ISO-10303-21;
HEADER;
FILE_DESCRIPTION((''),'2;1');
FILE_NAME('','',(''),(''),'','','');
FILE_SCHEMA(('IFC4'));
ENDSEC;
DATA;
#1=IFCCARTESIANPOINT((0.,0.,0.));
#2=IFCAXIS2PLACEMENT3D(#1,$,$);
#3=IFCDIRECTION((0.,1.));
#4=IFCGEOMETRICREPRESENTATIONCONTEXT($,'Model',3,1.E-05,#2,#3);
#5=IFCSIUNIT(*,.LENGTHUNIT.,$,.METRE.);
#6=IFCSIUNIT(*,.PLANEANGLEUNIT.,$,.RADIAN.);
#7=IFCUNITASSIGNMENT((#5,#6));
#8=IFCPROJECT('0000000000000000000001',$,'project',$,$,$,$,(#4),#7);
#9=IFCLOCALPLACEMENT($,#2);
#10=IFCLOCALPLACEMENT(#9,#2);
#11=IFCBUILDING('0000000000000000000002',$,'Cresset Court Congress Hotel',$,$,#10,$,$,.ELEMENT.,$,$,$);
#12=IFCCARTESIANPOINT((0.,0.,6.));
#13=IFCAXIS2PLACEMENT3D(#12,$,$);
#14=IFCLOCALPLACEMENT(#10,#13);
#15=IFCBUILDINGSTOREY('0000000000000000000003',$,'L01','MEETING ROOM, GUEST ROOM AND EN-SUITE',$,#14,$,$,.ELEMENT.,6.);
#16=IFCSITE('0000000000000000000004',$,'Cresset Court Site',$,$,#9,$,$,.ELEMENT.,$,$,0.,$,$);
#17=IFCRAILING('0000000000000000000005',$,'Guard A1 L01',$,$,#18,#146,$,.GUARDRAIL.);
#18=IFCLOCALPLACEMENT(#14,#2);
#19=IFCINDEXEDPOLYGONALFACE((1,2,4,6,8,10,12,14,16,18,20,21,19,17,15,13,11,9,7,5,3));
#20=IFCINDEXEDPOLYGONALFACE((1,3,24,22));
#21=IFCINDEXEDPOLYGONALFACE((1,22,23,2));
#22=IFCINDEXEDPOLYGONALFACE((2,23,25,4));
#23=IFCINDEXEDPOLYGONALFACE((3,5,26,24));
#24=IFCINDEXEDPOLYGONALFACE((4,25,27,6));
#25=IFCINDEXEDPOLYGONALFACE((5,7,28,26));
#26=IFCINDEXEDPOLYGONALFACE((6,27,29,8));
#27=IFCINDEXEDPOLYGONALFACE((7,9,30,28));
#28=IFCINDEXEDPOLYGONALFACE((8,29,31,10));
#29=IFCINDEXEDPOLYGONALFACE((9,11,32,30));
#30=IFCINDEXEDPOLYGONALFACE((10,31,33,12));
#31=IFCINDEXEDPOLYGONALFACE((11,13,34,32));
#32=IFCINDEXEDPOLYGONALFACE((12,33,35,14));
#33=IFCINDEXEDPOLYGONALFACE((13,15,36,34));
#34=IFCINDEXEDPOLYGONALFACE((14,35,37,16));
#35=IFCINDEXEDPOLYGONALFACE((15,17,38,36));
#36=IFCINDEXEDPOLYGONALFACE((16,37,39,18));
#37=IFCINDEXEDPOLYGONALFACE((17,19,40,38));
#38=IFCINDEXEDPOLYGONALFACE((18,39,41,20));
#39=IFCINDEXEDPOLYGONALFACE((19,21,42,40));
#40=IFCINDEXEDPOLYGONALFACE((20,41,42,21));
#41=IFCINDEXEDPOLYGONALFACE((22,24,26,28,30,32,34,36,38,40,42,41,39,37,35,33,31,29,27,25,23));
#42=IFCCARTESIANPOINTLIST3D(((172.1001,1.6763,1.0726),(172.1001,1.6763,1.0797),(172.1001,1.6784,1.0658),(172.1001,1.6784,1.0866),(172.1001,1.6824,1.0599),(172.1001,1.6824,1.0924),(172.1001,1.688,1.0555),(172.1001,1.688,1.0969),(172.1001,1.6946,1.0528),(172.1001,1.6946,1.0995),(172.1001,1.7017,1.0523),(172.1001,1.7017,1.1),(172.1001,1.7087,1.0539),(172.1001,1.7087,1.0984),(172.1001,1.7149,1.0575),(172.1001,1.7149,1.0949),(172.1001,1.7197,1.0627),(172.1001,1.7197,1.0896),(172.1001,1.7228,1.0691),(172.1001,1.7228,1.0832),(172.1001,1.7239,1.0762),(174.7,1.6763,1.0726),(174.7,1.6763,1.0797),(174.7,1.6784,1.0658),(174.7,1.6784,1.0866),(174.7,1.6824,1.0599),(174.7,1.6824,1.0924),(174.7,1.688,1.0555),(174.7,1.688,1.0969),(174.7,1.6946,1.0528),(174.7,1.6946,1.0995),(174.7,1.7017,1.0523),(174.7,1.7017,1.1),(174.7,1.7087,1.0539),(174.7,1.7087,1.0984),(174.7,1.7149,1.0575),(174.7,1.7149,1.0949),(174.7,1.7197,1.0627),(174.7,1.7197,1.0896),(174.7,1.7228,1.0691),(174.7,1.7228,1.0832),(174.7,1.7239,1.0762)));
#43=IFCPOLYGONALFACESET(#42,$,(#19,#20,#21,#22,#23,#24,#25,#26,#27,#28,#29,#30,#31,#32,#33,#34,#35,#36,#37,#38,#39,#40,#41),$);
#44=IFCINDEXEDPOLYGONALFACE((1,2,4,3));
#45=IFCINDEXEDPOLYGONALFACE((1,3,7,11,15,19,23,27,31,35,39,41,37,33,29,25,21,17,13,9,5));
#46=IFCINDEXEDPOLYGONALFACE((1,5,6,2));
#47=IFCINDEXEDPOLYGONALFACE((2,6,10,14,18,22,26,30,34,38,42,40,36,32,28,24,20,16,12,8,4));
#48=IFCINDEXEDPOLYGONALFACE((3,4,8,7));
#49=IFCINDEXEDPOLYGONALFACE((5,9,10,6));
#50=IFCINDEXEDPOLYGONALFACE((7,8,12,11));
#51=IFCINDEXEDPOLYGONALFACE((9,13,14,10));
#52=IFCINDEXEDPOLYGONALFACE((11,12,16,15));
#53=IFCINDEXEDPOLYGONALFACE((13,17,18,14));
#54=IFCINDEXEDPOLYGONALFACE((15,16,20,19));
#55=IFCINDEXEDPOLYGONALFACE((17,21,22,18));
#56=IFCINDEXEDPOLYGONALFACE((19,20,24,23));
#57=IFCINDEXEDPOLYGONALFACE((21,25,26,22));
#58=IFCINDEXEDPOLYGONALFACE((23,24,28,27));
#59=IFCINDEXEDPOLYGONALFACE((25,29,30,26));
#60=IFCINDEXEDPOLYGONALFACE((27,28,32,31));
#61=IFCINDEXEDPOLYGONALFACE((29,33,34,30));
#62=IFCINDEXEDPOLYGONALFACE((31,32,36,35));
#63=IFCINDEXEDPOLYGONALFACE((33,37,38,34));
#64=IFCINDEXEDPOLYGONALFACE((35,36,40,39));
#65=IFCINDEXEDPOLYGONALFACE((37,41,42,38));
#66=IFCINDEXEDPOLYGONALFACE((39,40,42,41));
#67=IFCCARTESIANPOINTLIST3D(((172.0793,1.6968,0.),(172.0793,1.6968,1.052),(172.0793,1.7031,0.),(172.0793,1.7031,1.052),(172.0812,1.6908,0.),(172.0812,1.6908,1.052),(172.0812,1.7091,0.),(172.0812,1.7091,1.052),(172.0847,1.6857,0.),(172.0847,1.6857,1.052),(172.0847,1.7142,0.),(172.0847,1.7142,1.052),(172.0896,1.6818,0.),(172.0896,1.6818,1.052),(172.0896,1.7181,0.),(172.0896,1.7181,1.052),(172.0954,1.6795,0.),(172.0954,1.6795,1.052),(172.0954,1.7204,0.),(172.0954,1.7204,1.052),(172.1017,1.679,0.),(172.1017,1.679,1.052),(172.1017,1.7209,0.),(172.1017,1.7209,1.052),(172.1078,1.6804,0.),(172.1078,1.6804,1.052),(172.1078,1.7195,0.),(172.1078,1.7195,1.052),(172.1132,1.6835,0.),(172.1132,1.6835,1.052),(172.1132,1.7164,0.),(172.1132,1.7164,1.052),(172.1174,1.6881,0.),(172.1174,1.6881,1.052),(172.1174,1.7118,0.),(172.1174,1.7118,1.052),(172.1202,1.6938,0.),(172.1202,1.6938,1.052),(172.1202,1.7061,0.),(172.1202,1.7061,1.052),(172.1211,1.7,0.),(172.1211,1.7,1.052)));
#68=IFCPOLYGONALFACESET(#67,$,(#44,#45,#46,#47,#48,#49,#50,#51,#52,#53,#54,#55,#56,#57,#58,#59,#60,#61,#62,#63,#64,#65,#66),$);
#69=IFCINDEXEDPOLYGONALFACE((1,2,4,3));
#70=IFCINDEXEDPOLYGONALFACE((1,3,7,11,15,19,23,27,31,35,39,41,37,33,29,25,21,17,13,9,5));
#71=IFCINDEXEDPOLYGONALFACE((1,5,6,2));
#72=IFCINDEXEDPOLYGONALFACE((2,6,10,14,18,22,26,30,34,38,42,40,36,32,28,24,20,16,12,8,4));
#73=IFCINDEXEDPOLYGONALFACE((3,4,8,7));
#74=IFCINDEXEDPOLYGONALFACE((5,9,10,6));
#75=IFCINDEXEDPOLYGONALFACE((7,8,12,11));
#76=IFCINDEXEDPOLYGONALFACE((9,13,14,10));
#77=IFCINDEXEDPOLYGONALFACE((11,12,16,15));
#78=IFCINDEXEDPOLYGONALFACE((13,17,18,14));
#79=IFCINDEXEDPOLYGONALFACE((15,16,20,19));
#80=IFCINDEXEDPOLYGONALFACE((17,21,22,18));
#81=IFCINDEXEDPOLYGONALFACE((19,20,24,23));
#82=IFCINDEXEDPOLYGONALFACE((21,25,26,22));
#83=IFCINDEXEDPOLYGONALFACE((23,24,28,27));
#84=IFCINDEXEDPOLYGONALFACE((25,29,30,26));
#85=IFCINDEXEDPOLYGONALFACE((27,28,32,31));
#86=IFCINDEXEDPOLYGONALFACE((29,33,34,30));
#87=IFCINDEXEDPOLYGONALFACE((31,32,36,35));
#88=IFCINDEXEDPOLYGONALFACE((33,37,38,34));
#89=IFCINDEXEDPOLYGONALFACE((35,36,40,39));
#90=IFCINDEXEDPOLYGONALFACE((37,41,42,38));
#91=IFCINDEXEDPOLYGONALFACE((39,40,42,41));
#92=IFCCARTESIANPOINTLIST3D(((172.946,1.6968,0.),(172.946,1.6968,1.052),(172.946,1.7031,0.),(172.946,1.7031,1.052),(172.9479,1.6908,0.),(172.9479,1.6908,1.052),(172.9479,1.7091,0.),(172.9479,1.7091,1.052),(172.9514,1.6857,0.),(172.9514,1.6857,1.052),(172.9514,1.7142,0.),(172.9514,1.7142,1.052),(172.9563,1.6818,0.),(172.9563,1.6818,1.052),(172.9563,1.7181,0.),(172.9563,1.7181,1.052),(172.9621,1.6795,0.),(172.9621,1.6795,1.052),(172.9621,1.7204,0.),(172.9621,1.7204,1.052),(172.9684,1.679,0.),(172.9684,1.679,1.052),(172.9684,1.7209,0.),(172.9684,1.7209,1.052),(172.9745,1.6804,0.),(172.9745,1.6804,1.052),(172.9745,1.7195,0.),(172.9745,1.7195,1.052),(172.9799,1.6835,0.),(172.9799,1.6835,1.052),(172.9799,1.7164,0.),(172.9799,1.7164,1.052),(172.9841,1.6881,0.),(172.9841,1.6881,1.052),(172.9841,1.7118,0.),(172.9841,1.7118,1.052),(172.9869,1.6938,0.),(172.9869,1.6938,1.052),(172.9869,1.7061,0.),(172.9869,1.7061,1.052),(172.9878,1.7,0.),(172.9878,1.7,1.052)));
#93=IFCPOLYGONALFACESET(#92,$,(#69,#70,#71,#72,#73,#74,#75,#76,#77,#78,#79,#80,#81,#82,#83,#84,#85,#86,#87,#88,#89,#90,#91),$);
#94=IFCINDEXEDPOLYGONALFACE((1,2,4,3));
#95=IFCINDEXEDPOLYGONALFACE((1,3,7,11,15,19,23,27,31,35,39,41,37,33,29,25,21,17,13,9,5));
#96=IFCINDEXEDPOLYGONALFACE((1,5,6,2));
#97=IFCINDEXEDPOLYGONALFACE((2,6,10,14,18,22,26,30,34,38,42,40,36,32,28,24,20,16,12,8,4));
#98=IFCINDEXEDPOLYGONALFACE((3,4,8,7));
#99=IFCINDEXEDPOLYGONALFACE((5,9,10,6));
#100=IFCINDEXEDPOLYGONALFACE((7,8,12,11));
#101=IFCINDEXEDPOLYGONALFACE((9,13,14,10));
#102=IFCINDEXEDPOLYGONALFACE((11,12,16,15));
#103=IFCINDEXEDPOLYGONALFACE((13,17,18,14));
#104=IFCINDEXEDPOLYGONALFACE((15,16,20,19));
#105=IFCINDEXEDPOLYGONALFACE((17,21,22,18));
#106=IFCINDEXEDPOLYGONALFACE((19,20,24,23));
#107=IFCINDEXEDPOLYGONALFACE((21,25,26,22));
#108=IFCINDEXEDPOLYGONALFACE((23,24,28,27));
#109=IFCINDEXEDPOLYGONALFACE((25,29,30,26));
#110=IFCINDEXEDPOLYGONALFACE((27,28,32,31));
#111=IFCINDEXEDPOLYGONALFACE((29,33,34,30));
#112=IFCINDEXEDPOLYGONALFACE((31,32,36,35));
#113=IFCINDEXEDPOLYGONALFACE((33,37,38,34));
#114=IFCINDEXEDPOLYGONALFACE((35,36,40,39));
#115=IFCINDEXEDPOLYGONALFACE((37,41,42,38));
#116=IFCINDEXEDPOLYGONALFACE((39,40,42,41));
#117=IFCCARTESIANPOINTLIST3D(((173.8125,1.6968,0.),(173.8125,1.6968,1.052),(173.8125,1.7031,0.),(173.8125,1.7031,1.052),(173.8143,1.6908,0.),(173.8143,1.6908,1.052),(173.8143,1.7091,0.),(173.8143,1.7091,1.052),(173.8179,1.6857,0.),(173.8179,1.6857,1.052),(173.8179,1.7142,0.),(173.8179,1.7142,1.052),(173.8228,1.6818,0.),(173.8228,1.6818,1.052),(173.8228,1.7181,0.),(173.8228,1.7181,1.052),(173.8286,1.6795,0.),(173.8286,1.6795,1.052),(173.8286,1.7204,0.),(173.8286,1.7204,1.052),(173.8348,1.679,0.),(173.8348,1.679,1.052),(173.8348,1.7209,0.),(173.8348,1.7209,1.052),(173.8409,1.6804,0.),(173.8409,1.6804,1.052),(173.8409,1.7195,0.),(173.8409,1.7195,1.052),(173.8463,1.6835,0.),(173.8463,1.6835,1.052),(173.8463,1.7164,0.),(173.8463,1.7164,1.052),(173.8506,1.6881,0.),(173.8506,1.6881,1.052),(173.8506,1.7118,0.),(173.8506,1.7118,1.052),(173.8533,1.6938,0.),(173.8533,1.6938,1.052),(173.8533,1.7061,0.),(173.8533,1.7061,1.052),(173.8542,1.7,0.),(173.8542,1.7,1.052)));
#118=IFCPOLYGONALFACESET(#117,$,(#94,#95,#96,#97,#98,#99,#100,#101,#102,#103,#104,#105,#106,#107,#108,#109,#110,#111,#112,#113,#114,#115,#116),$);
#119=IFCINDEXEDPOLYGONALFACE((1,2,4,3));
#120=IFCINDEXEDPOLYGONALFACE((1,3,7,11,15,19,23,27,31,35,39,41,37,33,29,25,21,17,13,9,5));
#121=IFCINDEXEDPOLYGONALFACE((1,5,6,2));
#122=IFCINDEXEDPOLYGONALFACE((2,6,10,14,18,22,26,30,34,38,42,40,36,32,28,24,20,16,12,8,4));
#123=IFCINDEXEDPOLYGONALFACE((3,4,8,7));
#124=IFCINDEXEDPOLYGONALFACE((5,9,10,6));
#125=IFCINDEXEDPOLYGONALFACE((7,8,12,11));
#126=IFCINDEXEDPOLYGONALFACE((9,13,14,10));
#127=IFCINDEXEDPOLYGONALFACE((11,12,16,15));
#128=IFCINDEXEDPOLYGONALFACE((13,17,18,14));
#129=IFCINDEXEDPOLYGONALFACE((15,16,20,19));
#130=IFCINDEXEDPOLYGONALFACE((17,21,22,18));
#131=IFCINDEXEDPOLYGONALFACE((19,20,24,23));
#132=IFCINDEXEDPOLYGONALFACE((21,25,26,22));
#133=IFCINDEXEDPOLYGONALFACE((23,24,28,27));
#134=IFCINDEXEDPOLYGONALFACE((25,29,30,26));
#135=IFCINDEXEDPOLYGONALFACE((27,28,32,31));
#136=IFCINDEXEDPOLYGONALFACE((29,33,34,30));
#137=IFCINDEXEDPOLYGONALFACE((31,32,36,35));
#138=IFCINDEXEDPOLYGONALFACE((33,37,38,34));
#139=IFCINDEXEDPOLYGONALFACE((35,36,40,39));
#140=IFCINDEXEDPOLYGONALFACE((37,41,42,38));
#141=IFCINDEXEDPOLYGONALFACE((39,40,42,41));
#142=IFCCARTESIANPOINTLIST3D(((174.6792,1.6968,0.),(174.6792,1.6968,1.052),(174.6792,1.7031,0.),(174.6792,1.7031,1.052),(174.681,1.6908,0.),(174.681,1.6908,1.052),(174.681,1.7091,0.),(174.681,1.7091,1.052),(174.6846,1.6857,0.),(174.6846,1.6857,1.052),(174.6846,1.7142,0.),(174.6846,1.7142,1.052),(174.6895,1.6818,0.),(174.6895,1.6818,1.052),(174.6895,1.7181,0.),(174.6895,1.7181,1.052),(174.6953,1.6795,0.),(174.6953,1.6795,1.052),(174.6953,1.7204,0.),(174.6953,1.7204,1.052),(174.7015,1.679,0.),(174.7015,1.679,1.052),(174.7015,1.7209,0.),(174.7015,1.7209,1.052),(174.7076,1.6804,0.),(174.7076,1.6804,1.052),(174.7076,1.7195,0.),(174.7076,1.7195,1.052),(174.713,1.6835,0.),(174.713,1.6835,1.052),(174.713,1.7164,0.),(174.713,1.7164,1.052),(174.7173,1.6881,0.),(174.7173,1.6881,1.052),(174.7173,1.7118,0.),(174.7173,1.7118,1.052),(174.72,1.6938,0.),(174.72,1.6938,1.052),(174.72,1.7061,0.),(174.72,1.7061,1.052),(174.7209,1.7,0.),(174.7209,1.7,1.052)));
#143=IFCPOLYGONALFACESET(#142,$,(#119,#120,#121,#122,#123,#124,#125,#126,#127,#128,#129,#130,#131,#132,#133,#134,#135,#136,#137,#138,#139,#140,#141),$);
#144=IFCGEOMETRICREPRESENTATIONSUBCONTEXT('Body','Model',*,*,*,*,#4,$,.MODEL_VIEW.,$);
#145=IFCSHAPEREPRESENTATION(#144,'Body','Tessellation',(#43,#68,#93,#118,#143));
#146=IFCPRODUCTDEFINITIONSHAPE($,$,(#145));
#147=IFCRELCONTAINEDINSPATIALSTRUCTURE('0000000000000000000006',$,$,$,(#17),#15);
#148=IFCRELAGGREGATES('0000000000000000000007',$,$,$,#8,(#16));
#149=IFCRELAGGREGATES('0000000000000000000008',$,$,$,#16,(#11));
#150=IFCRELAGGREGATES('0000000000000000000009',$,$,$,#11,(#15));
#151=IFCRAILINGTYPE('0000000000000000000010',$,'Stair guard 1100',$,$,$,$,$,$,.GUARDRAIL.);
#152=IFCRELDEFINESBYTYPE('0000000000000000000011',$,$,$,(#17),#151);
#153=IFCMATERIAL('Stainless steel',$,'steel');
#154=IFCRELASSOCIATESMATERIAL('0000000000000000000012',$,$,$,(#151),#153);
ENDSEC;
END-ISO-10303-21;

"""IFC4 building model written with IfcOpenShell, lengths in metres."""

from ifc_helpers import new_model, si_unit, direction, frame, origin, origin_2d, place, context, subcontext, project, spatial, circle, extrude, material, type_object, element, save


model = new_model("IFC4")

# Units and contexts
model_context = context("Model", 3, precision=1e-05, world=origin(), true_north=direction((0.0, 1.0)))
body_context = subcontext(model_context, "Body", "Model", "MODEL_VIEW")
ifc_project = project(units=[si_unit("LENGTHUNIT", "METRE"), si_unit("PLANEANGLEUNIT", "RADIAN")], contexts=[model_context])

# Site, building, storey
site_placement = place(None, origin())
site = spatial("IfcSite", under=ifc_project, at=site_placement, Name="Cresset Court Site", CompositionType="ELEMENT", RefElevation=0.0)
building_placement = place(site_placement, origin())
building = spatial("IfcBuilding", under=site, at=building_placement, Name="Cresset Court Congress Hotel", CompositionType="ELEMENT")
storey_placement = place(building_placement, frame((0.0, 0.0, 6.0)))
storey = spatial("IfcBuildingStorey", under=building, at=storey_placement, Name="L01", Description="MEETING ROOM, GUEST ROOM AND EN-SUITE", CompositionType="ELEMENT", Elevation=6.0)

# Railing
ifc_material_1 = material(Name="Stainless steel", Category="steel")
railing_type_1 = type_object("IfcRailingType", Name="Stair guard 1100", PredefinedType="GUARDRAIL", material=ifc_material_1)
for number, where, name in (
    (1, (172.1001, 1.7, 0.0), "Guard A1 L01"),
):
    element("IfcRailing", number, at=place(storey_placement, frame(where)), inside=storey, type_object=railing_type_1, Name=name, PredefinedType="GUARDRAIL", context=body_context, shape_type="SweptSolid", body=[
        extrude(circle(Radius=0.0239, at=origin_2d()), frame((0.0, 0.0, 1.0762), z_axis=(1.0, 0.0, 0.0), x_axis=(0.0, 1.0, 0.0)), (0.0, 0.0, 1.0), 2.5999),
        extrude(circle(Radius=0.021, at=origin_2d()), origin(), (0.0, 0.0, 1.0), 1.052),
        extrude(circle(Radius=0.021, at=origin_2d()), frame((0.8667, 0.0, 0.0)), (0.0, 0.0, 1.0), 1.052),
        extrude(circle(Radius=0.021, at=origin_2d()), frame((1.7332, 0.0, 0.0)), (0.0, 0.0, 1.0), 1.052),
        extrude(circle(Radius=0.021, at=origin_2d()), frame((2.5999, 0.0, 0.0)), (0.0, 0.0, 1.0), 1.052),
    ])

save(model, "model.ifc")
